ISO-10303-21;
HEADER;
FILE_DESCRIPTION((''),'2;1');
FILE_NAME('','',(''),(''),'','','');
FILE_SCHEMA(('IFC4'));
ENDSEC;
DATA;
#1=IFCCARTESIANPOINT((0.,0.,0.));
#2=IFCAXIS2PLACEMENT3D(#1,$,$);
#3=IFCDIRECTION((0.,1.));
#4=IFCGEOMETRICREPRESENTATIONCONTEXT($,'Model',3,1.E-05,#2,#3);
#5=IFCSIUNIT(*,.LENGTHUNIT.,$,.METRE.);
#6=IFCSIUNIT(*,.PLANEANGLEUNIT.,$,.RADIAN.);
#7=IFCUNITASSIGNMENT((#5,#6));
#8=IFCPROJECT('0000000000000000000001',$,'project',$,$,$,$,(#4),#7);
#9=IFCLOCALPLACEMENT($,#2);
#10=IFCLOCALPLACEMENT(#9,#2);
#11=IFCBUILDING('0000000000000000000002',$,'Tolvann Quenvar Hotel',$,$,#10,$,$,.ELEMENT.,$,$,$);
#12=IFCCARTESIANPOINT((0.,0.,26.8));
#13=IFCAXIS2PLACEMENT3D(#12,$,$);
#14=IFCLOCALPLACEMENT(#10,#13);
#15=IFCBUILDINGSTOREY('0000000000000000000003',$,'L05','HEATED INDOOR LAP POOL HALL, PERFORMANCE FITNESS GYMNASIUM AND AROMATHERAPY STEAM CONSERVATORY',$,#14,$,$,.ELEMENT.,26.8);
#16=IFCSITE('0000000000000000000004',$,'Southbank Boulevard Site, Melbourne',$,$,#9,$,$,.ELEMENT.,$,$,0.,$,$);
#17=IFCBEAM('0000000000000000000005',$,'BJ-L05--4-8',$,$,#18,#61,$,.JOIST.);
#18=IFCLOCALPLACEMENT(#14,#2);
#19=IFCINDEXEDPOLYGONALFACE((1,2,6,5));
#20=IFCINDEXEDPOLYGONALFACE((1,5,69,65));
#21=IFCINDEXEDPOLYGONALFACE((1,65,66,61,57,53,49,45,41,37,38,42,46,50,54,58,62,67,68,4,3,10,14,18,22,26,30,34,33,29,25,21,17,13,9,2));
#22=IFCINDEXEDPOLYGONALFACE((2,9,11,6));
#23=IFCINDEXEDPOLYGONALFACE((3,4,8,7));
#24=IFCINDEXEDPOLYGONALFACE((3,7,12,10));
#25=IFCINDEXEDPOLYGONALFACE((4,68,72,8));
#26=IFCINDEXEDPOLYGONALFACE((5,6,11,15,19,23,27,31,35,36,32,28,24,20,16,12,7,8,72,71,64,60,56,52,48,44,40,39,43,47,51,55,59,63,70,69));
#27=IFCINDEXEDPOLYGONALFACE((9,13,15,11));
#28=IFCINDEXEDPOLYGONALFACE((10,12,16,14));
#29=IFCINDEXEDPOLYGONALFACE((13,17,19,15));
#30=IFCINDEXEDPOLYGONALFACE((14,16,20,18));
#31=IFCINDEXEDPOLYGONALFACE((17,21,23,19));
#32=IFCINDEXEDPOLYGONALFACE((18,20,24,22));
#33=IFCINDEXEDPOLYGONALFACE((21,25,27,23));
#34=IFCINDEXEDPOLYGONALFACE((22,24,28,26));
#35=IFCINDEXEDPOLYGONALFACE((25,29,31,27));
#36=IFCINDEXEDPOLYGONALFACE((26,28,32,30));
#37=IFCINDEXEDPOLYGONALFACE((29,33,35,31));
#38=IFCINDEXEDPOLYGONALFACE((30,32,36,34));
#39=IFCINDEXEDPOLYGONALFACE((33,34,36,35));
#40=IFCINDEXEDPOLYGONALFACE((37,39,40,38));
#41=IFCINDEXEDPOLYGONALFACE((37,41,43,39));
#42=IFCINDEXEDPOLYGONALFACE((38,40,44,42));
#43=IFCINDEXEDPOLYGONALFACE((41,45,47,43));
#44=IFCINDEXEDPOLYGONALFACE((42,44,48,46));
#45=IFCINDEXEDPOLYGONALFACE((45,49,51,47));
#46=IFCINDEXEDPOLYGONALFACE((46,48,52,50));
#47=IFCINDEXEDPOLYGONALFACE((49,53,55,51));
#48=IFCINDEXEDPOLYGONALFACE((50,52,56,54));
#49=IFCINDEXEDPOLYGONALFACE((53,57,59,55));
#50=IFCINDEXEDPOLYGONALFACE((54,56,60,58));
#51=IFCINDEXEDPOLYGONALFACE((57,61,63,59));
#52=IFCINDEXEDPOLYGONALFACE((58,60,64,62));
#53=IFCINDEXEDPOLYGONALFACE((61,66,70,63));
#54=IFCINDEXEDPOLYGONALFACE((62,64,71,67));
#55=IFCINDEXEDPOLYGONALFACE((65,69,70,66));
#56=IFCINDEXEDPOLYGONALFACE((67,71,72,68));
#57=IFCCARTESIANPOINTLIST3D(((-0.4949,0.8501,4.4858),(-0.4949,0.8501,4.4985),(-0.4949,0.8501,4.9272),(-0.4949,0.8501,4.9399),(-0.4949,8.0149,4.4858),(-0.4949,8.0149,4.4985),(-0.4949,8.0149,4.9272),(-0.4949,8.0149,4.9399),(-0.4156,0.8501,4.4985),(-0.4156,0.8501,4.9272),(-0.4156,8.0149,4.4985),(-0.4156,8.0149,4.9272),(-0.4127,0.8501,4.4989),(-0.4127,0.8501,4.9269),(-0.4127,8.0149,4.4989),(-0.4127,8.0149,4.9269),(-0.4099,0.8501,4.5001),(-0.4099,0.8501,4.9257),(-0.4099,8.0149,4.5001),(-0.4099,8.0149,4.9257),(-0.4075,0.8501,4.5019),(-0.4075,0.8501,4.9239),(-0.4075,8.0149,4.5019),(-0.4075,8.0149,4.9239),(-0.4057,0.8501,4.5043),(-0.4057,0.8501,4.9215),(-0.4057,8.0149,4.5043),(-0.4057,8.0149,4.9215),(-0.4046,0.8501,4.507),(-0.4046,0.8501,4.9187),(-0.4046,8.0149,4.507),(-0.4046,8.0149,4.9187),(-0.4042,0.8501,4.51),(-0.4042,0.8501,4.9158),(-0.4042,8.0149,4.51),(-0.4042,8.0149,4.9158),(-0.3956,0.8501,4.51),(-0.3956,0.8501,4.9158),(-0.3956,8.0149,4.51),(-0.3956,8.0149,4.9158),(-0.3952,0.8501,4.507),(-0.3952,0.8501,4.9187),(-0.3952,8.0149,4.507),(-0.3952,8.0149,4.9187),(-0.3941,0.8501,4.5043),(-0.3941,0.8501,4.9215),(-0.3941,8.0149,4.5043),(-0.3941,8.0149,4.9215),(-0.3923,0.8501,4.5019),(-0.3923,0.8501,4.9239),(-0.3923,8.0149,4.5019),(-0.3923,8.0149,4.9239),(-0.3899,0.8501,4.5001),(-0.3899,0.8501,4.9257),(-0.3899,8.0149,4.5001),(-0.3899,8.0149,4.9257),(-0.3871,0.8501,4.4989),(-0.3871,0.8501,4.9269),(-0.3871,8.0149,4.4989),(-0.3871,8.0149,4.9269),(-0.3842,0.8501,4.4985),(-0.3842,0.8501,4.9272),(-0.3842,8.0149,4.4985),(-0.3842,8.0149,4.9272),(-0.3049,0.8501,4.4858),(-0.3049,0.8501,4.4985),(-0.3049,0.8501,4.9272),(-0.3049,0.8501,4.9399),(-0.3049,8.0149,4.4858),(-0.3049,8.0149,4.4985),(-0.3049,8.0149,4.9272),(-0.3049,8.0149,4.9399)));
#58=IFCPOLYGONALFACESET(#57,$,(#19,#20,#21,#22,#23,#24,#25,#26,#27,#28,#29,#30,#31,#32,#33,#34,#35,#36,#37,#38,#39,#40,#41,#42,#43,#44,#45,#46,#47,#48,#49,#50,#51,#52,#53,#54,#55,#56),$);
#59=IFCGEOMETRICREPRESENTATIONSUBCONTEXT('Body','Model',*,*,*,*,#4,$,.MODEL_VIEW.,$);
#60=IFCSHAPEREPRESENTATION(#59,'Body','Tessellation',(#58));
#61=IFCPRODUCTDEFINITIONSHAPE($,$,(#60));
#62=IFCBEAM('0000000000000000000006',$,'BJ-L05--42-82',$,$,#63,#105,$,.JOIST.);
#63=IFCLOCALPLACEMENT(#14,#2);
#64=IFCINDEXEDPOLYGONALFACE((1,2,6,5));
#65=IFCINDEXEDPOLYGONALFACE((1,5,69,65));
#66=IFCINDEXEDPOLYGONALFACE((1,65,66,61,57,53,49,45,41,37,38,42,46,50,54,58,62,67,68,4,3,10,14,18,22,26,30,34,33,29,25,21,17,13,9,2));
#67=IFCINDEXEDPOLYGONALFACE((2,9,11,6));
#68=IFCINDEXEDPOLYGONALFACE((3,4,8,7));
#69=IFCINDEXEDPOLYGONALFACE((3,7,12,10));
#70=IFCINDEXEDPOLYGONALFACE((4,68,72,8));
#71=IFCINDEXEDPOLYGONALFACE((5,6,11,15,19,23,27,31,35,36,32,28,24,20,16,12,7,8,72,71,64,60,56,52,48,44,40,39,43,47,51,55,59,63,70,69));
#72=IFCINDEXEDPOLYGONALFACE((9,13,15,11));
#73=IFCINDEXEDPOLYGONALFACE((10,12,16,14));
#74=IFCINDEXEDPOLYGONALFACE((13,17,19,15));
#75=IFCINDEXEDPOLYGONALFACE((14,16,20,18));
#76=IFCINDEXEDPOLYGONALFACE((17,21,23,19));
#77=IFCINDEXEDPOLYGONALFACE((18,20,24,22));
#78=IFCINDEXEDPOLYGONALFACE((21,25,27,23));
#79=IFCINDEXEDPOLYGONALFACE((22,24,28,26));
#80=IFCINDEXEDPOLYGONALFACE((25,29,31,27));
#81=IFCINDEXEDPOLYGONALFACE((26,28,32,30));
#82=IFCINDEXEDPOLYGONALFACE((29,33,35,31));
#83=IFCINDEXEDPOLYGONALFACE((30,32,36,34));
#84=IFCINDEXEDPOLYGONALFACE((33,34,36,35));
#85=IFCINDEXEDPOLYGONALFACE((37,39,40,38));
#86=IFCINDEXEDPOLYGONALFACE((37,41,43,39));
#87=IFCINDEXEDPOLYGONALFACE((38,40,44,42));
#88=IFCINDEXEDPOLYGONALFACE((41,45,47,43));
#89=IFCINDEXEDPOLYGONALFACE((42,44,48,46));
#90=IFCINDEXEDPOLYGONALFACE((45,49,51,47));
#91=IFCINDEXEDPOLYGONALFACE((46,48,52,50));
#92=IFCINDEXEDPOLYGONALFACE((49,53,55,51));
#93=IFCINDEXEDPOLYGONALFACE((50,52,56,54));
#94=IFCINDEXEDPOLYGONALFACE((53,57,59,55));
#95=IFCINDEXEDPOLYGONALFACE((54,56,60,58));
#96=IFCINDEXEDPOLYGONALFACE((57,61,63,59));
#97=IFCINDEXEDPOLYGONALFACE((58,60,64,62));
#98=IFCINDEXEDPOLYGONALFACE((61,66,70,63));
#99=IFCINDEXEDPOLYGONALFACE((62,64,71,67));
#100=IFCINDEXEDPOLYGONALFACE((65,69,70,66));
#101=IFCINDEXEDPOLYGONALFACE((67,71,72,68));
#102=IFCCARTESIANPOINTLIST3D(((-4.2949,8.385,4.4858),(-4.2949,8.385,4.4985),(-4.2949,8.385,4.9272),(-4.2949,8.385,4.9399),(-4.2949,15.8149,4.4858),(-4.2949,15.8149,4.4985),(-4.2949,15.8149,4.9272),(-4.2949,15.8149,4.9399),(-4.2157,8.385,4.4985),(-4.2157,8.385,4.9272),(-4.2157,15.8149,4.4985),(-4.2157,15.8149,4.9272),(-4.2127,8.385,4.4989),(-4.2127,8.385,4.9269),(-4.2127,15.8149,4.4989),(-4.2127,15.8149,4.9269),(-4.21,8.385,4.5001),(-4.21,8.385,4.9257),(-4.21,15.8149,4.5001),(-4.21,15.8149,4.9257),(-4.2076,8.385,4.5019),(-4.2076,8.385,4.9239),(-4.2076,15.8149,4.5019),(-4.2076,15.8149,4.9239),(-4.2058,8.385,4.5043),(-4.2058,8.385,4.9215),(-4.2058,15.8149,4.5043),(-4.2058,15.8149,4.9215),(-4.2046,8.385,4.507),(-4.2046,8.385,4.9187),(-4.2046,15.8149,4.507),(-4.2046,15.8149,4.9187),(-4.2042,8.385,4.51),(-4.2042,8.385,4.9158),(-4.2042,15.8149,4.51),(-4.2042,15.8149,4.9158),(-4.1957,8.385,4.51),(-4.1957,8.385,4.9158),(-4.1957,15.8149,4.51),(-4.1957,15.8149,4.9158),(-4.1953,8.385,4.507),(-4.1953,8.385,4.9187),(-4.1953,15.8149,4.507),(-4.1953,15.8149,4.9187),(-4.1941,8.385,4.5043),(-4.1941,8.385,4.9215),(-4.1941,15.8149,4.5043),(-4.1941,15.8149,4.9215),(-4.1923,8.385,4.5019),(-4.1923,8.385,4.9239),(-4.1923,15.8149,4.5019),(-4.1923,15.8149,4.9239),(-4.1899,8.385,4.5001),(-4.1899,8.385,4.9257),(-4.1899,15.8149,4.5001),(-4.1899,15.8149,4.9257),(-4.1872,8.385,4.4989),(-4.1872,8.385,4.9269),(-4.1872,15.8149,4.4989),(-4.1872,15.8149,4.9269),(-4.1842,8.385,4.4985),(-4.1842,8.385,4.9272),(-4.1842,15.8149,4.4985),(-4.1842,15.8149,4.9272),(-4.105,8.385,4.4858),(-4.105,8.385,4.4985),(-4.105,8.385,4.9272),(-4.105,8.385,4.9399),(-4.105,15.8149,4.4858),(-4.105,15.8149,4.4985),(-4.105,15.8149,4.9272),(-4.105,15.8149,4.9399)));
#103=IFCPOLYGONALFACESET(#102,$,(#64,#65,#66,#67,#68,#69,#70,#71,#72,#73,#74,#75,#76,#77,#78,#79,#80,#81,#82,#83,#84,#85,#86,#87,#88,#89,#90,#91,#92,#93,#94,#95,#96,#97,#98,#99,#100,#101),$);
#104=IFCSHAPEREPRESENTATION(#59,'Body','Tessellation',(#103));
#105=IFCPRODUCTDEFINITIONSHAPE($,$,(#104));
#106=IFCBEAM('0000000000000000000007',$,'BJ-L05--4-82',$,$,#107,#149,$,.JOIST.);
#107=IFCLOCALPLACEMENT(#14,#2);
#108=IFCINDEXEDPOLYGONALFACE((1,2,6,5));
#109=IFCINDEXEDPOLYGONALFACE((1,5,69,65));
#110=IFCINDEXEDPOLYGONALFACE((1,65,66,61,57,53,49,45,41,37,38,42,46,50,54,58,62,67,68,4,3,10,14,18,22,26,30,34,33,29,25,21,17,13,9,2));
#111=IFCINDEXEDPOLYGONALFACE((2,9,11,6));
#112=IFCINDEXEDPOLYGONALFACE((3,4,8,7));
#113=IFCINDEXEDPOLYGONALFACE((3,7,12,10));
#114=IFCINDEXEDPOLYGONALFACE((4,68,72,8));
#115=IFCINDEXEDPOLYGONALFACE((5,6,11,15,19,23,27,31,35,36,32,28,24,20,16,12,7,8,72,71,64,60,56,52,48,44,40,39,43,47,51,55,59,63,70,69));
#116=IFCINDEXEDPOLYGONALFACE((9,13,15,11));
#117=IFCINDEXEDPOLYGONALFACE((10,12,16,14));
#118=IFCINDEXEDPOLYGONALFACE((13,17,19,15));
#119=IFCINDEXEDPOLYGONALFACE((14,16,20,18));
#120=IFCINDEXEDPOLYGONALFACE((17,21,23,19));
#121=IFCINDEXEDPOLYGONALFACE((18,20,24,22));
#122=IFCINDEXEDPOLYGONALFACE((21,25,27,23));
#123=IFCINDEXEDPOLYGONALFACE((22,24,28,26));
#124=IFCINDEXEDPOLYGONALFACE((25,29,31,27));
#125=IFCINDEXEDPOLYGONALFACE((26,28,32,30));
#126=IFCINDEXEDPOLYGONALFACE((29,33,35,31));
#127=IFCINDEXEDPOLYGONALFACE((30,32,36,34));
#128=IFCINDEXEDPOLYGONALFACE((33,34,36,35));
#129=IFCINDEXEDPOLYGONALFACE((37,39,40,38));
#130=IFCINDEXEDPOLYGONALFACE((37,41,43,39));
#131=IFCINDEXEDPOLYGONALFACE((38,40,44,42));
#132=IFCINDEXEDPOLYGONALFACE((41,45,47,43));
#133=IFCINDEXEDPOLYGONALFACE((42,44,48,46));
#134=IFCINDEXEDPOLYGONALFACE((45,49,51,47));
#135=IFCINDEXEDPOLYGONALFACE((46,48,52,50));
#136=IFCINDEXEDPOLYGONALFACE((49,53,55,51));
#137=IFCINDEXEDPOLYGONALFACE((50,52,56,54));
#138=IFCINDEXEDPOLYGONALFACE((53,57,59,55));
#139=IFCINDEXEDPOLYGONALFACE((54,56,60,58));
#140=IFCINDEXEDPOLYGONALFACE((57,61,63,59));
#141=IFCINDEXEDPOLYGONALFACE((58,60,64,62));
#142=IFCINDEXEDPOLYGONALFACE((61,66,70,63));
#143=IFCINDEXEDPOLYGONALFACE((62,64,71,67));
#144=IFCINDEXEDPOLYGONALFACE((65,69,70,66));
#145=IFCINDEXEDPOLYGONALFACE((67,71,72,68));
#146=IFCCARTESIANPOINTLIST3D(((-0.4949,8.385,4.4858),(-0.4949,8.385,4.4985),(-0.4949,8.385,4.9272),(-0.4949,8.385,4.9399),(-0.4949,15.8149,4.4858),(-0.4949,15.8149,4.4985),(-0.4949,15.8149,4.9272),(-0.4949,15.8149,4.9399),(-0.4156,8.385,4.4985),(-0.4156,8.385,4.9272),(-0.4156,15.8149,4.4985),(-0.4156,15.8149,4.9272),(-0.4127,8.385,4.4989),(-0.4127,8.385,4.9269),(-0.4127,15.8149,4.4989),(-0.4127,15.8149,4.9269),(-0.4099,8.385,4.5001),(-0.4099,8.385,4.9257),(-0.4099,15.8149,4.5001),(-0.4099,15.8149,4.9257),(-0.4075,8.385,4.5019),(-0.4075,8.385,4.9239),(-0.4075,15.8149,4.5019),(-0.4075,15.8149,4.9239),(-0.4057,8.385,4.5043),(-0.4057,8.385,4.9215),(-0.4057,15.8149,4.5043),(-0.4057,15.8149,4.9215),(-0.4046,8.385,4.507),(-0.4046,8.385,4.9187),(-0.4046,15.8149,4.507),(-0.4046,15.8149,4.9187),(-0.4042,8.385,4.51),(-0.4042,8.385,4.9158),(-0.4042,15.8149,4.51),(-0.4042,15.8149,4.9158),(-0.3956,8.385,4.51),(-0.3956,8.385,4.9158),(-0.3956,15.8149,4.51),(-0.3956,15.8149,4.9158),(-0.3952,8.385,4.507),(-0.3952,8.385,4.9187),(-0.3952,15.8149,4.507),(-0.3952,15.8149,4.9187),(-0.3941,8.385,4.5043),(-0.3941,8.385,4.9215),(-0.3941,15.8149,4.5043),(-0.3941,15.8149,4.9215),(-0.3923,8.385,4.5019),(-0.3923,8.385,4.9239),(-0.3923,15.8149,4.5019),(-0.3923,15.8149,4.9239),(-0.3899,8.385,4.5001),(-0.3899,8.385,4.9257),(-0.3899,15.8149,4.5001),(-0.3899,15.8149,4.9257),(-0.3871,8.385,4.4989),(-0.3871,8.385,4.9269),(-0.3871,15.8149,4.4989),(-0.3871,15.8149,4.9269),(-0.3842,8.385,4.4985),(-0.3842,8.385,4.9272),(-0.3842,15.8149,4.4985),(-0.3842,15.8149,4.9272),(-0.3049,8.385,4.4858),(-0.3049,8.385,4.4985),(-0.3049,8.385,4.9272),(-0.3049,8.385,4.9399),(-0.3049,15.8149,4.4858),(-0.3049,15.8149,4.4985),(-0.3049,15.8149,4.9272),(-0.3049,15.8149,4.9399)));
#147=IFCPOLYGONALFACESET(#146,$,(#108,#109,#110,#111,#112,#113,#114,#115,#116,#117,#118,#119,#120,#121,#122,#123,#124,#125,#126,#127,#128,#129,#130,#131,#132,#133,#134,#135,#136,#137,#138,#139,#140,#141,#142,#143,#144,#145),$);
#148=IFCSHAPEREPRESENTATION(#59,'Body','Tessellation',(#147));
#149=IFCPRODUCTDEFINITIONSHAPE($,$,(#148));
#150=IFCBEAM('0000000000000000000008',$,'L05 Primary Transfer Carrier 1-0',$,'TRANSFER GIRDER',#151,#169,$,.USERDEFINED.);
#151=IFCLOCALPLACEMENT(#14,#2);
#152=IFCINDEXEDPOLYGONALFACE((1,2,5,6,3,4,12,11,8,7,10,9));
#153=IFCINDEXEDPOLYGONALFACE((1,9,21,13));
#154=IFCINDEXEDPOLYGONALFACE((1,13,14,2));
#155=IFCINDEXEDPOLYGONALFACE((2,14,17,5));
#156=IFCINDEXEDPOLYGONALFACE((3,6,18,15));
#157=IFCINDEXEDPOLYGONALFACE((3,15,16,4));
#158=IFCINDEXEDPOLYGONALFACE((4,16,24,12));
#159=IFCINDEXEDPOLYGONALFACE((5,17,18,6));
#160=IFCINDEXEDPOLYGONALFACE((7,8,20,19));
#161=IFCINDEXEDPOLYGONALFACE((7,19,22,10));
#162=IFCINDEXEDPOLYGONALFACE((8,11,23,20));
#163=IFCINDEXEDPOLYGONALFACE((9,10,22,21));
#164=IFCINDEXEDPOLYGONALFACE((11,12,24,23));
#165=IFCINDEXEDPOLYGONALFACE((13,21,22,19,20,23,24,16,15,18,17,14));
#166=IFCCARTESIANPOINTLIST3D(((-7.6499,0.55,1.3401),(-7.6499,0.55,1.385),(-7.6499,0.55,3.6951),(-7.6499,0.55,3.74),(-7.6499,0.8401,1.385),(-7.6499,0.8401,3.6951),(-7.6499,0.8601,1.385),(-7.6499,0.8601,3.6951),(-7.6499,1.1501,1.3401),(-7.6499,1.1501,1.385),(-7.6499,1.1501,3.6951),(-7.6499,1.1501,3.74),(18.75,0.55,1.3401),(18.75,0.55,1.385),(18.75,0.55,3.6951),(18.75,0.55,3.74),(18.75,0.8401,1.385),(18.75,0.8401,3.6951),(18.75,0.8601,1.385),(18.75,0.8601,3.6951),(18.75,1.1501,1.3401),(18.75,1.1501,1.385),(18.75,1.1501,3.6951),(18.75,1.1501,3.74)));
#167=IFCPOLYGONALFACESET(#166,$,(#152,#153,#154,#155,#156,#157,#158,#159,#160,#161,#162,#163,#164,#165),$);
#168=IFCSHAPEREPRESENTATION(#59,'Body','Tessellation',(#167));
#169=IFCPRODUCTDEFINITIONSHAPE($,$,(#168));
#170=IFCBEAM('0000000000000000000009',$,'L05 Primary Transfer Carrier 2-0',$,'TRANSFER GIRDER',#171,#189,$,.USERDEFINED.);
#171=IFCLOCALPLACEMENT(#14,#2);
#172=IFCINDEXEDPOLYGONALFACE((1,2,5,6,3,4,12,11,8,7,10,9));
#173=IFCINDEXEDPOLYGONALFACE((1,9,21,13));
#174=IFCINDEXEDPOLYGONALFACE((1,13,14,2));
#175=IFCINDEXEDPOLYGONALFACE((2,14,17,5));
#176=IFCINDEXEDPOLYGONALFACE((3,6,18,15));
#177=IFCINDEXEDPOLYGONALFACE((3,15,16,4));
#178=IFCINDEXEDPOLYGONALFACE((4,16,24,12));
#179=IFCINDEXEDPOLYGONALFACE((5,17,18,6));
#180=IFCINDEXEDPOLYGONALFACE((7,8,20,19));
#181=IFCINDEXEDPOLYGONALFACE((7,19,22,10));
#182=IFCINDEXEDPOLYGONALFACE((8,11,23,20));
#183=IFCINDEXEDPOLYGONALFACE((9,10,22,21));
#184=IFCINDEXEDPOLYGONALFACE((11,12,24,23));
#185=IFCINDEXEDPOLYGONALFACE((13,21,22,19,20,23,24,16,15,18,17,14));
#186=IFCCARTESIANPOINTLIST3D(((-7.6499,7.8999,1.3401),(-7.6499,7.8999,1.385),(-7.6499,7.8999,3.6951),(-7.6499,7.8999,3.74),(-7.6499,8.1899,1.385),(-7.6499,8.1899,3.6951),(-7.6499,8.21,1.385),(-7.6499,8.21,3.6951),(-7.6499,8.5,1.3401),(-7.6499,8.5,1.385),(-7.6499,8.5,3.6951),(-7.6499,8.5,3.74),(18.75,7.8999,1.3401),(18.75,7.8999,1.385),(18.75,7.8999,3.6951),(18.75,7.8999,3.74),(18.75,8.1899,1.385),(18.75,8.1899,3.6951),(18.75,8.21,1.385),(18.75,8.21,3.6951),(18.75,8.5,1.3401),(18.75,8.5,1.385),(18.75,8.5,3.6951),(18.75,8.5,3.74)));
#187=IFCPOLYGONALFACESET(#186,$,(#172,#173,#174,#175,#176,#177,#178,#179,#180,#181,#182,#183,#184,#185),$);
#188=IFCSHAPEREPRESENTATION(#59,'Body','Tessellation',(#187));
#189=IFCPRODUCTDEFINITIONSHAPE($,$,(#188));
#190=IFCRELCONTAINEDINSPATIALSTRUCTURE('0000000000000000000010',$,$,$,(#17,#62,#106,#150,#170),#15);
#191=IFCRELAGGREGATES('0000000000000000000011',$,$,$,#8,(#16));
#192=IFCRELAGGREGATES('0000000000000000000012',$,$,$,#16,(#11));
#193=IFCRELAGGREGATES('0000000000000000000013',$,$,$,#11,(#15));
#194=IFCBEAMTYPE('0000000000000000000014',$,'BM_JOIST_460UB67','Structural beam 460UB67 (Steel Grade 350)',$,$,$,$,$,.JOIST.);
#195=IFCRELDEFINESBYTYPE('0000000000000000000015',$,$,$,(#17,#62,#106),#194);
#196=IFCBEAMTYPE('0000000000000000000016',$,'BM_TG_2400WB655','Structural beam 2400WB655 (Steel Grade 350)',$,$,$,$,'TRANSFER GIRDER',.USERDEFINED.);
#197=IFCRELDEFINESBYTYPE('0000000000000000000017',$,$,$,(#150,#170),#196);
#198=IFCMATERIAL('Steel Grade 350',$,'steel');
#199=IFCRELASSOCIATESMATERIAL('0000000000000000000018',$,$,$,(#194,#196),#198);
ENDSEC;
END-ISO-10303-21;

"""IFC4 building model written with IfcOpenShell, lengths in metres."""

from ifc_helpers import new_model, si_unit, direction, frame, origin, origin_2d, place, context, subcontext, project, spatial, i_section, extrude, source, transform, mapped, material, material_profile, profile_set, type_object, type_shapes, element, save


model = new_model("IFC4")

# Units and contexts
model_context = context("Model", 3, precision=1e-05, world=origin(), true_north=direction((0.0, 1.0)))
body_context = subcontext(model_context, "Body", "Model", "MODEL_VIEW")
ifc_project = project(units=[si_unit("LENGTHUNIT", "METRE"), si_unit("PLANEANGLEUNIT", "RADIAN")], contexts=[model_context])

# Site, building, storey
site_placement = place(None, origin())
site = spatial("IfcSite", under=ifc_project, at=site_placement, Name="Southbank Boulevard Site, Melbourne", CompositionType="ELEMENT", RefElevation=0.0)
building_placement = place(site_placement, origin())
building = spatial("IfcBuilding", under=site, at=building_placement, Name="Tolvann Quenvar Hotel", CompositionType="ELEMENT")
storey_placement = place(building_placement, frame((0.0, 0.0, 26.8)))
storey = spatial("IfcBuildingStorey", under=building, at=storey_placement, Name="L05", Description="HEATED INDOOR LAP POOL HALL, PERFORMANCE FITNESS GYMNASIUM AND AROMATHERAPY STEAM CONSERVATORY", CompositionType="ELEMENT", Elevation=26.8)

# Beams
ifc_material_1 = material(Name="Steel Grade 350", Category="steel")
ifc_material_profile_1 = material_profile(ifc_material_1, i_section(OverallWidth=0.1899, OverallDepth=0.4541, WebThickness=0.0085, FlangeThickness=0.0127, FilletRadius=0.0115, at=origin_2d()), Name="460UB67")
ifc_profile_set_1 = profile_set([ifc_material_profile_1], Name="Steel Grade 350")
beam_type_1 = type_object("IfcBeamType", Name="BM_JOIST_460UB67", Description="Structural beam 460UB67 (Steel Grade 350)", PredefinedType="JOIST", material=ifc_profile_set_1)
shared_shape_1 = source(origin(), body_context, "Body", "SweptSolid", [
    extrude(i_section(OverallWidth=0.1899, OverallDepth=0.4541, WebThickness=0.0085, FlangeThickness=0.0127, FilletRadius=0.0115, at=origin_2d()), origin(), (0.0, 0.0, 1.0), 7.1648),
])
for number, where, z_axis, x_axis, name in (
    (1, (-0.3999, 0.8501, 4.7129), (0.0, 1.0, 0.0), (-1.0, 0.0, 0.0), "BJ-L05--4-8"),
):
    element("IfcBeam", number, at=place(storey_placement, frame(where, z_axis=z_axis, x_axis=x_axis)), inside=storey, type_object=beam_type_1, Name=name, PredefinedType="JOIST", context=body_context, shape_type="MappedRepresentation", body=[
        mapped(shared_shape_1, transform((0.0, 0.0, 0.0), x_axis=(1.0, 0.0, 0.0), y_axis=(0.0, 1.0, 0.0), z_axis=(0.0, 0.0, 1.0), scale=1.0)),
    ])
shared_shape_2 = source(origin(), body_context, "Body", "SweptSolid", [
    extrude(i_section(OverallWidth=0.1899, OverallDepth=0.4541, WebThickness=0.0085, FlangeThickness=0.0127, FilletRadius=0.0115, at=origin_2d()), origin(), (0.0, 0.0, 1.0), 7.4299),
])
type_shapes(beam_type_1, [shared_shape_1, shared_shape_2])
for number, where, z_axis, x_axis, name in (
    (2, (-4.2, 8.385, 4.7129), (0.0, 1.0, 0.0), (-1.0, 0.0, 0.0), "BJ-L05--42-82"),
    (3, (-0.3999, 8.385, 4.7129), (0.0, 1.0, 0.0), (-1.0, 0.0, 0.0), "BJ-L05--4-82"),
):
    element("IfcBeam", number, at=place(storey_placement, frame(where, z_axis=z_axis, x_axis=x_axis)), inside=storey, type_object=beam_type_1, Name=name, PredefinedType="JOIST", context=body_context, shape_type="MappedRepresentation", body=[
        mapped(shared_shape_2, transform((0.0, 0.0, 0.0), x_axis=(1.0, 0.0, 0.0), y_axis=(0.0, 1.0, 0.0), z_axis=(0.0, 0.0, 1.0), scale=1.0)),
    ])
ifc_material_profile_2 = material_profile(ifc_material_1, i_section(OverallWidth=0.6001, OverallDepth=2.3999, WebThickness=0.02, FlangeThickness=0.0449, at=origin_2d()), Name="2400WB655")
ifc_profile_set_2 = profile_set([ifc_material_profile_2], Name="Steel Grade 350")
beam_type_2 = type_object("IfcBeamType", Name="BM_TG_2400WB655", Description="Structural beam 2400WB655 (Steel Grade 350)", ElementType="TRANSFER GIRDER", PredefinedType="USERDEFINED", material=ifc_profile_set_2)
shared_shape_3 = source(origin(), body_context, "Body", "SweptSolid", [
    extrude(i_section(OverallWidth=0.6001, OverallDepth=2.3999, WebThickness=0.02, FlangeThickness=0.0449, at=origin_2d()), origin(), (0.0, 0.0, 1.0), 26.3999),
])
type_shapes(beam_type_2, [shared_shape_3])
for number, where, z_axis, x_axis, name in (
    (4, (-7.6499, 0.8501, 2.54), (1.0, 0.0, 0.0), (0.0, 1.0, 0.0), "L05 Primary Transfer Carrier 1-0"),
    (5, (-7.6499, 8.2, 2.54), (1.0, 0.0, 0.0), (0.0, 1.0, 0.0), "L05 Primary Transfer Carrier 2-0"),
):
    element("IfcBeam", number, at=place(storey_placement, frame(where, z_axis=z_axis, x_axis=x_axis)), inside=storey, type_object=beam_type_2, Name=name, ObjectType="TRANSFER GIRDER", PredefinedType="USERDEFINED", context=body_context, shape_type="MappedRepresentation", body=[
        mapped(shared_shape_3, transform((0.0, 0.0, 0.0), x_axis=(1.0, 0.0, 0.0), y_axis=(0.0, 1.0, 0.0), z_axis=(0.0, 0.0, 1.0), scale=1.0)),
    ])

save(model, "model.ifc")
